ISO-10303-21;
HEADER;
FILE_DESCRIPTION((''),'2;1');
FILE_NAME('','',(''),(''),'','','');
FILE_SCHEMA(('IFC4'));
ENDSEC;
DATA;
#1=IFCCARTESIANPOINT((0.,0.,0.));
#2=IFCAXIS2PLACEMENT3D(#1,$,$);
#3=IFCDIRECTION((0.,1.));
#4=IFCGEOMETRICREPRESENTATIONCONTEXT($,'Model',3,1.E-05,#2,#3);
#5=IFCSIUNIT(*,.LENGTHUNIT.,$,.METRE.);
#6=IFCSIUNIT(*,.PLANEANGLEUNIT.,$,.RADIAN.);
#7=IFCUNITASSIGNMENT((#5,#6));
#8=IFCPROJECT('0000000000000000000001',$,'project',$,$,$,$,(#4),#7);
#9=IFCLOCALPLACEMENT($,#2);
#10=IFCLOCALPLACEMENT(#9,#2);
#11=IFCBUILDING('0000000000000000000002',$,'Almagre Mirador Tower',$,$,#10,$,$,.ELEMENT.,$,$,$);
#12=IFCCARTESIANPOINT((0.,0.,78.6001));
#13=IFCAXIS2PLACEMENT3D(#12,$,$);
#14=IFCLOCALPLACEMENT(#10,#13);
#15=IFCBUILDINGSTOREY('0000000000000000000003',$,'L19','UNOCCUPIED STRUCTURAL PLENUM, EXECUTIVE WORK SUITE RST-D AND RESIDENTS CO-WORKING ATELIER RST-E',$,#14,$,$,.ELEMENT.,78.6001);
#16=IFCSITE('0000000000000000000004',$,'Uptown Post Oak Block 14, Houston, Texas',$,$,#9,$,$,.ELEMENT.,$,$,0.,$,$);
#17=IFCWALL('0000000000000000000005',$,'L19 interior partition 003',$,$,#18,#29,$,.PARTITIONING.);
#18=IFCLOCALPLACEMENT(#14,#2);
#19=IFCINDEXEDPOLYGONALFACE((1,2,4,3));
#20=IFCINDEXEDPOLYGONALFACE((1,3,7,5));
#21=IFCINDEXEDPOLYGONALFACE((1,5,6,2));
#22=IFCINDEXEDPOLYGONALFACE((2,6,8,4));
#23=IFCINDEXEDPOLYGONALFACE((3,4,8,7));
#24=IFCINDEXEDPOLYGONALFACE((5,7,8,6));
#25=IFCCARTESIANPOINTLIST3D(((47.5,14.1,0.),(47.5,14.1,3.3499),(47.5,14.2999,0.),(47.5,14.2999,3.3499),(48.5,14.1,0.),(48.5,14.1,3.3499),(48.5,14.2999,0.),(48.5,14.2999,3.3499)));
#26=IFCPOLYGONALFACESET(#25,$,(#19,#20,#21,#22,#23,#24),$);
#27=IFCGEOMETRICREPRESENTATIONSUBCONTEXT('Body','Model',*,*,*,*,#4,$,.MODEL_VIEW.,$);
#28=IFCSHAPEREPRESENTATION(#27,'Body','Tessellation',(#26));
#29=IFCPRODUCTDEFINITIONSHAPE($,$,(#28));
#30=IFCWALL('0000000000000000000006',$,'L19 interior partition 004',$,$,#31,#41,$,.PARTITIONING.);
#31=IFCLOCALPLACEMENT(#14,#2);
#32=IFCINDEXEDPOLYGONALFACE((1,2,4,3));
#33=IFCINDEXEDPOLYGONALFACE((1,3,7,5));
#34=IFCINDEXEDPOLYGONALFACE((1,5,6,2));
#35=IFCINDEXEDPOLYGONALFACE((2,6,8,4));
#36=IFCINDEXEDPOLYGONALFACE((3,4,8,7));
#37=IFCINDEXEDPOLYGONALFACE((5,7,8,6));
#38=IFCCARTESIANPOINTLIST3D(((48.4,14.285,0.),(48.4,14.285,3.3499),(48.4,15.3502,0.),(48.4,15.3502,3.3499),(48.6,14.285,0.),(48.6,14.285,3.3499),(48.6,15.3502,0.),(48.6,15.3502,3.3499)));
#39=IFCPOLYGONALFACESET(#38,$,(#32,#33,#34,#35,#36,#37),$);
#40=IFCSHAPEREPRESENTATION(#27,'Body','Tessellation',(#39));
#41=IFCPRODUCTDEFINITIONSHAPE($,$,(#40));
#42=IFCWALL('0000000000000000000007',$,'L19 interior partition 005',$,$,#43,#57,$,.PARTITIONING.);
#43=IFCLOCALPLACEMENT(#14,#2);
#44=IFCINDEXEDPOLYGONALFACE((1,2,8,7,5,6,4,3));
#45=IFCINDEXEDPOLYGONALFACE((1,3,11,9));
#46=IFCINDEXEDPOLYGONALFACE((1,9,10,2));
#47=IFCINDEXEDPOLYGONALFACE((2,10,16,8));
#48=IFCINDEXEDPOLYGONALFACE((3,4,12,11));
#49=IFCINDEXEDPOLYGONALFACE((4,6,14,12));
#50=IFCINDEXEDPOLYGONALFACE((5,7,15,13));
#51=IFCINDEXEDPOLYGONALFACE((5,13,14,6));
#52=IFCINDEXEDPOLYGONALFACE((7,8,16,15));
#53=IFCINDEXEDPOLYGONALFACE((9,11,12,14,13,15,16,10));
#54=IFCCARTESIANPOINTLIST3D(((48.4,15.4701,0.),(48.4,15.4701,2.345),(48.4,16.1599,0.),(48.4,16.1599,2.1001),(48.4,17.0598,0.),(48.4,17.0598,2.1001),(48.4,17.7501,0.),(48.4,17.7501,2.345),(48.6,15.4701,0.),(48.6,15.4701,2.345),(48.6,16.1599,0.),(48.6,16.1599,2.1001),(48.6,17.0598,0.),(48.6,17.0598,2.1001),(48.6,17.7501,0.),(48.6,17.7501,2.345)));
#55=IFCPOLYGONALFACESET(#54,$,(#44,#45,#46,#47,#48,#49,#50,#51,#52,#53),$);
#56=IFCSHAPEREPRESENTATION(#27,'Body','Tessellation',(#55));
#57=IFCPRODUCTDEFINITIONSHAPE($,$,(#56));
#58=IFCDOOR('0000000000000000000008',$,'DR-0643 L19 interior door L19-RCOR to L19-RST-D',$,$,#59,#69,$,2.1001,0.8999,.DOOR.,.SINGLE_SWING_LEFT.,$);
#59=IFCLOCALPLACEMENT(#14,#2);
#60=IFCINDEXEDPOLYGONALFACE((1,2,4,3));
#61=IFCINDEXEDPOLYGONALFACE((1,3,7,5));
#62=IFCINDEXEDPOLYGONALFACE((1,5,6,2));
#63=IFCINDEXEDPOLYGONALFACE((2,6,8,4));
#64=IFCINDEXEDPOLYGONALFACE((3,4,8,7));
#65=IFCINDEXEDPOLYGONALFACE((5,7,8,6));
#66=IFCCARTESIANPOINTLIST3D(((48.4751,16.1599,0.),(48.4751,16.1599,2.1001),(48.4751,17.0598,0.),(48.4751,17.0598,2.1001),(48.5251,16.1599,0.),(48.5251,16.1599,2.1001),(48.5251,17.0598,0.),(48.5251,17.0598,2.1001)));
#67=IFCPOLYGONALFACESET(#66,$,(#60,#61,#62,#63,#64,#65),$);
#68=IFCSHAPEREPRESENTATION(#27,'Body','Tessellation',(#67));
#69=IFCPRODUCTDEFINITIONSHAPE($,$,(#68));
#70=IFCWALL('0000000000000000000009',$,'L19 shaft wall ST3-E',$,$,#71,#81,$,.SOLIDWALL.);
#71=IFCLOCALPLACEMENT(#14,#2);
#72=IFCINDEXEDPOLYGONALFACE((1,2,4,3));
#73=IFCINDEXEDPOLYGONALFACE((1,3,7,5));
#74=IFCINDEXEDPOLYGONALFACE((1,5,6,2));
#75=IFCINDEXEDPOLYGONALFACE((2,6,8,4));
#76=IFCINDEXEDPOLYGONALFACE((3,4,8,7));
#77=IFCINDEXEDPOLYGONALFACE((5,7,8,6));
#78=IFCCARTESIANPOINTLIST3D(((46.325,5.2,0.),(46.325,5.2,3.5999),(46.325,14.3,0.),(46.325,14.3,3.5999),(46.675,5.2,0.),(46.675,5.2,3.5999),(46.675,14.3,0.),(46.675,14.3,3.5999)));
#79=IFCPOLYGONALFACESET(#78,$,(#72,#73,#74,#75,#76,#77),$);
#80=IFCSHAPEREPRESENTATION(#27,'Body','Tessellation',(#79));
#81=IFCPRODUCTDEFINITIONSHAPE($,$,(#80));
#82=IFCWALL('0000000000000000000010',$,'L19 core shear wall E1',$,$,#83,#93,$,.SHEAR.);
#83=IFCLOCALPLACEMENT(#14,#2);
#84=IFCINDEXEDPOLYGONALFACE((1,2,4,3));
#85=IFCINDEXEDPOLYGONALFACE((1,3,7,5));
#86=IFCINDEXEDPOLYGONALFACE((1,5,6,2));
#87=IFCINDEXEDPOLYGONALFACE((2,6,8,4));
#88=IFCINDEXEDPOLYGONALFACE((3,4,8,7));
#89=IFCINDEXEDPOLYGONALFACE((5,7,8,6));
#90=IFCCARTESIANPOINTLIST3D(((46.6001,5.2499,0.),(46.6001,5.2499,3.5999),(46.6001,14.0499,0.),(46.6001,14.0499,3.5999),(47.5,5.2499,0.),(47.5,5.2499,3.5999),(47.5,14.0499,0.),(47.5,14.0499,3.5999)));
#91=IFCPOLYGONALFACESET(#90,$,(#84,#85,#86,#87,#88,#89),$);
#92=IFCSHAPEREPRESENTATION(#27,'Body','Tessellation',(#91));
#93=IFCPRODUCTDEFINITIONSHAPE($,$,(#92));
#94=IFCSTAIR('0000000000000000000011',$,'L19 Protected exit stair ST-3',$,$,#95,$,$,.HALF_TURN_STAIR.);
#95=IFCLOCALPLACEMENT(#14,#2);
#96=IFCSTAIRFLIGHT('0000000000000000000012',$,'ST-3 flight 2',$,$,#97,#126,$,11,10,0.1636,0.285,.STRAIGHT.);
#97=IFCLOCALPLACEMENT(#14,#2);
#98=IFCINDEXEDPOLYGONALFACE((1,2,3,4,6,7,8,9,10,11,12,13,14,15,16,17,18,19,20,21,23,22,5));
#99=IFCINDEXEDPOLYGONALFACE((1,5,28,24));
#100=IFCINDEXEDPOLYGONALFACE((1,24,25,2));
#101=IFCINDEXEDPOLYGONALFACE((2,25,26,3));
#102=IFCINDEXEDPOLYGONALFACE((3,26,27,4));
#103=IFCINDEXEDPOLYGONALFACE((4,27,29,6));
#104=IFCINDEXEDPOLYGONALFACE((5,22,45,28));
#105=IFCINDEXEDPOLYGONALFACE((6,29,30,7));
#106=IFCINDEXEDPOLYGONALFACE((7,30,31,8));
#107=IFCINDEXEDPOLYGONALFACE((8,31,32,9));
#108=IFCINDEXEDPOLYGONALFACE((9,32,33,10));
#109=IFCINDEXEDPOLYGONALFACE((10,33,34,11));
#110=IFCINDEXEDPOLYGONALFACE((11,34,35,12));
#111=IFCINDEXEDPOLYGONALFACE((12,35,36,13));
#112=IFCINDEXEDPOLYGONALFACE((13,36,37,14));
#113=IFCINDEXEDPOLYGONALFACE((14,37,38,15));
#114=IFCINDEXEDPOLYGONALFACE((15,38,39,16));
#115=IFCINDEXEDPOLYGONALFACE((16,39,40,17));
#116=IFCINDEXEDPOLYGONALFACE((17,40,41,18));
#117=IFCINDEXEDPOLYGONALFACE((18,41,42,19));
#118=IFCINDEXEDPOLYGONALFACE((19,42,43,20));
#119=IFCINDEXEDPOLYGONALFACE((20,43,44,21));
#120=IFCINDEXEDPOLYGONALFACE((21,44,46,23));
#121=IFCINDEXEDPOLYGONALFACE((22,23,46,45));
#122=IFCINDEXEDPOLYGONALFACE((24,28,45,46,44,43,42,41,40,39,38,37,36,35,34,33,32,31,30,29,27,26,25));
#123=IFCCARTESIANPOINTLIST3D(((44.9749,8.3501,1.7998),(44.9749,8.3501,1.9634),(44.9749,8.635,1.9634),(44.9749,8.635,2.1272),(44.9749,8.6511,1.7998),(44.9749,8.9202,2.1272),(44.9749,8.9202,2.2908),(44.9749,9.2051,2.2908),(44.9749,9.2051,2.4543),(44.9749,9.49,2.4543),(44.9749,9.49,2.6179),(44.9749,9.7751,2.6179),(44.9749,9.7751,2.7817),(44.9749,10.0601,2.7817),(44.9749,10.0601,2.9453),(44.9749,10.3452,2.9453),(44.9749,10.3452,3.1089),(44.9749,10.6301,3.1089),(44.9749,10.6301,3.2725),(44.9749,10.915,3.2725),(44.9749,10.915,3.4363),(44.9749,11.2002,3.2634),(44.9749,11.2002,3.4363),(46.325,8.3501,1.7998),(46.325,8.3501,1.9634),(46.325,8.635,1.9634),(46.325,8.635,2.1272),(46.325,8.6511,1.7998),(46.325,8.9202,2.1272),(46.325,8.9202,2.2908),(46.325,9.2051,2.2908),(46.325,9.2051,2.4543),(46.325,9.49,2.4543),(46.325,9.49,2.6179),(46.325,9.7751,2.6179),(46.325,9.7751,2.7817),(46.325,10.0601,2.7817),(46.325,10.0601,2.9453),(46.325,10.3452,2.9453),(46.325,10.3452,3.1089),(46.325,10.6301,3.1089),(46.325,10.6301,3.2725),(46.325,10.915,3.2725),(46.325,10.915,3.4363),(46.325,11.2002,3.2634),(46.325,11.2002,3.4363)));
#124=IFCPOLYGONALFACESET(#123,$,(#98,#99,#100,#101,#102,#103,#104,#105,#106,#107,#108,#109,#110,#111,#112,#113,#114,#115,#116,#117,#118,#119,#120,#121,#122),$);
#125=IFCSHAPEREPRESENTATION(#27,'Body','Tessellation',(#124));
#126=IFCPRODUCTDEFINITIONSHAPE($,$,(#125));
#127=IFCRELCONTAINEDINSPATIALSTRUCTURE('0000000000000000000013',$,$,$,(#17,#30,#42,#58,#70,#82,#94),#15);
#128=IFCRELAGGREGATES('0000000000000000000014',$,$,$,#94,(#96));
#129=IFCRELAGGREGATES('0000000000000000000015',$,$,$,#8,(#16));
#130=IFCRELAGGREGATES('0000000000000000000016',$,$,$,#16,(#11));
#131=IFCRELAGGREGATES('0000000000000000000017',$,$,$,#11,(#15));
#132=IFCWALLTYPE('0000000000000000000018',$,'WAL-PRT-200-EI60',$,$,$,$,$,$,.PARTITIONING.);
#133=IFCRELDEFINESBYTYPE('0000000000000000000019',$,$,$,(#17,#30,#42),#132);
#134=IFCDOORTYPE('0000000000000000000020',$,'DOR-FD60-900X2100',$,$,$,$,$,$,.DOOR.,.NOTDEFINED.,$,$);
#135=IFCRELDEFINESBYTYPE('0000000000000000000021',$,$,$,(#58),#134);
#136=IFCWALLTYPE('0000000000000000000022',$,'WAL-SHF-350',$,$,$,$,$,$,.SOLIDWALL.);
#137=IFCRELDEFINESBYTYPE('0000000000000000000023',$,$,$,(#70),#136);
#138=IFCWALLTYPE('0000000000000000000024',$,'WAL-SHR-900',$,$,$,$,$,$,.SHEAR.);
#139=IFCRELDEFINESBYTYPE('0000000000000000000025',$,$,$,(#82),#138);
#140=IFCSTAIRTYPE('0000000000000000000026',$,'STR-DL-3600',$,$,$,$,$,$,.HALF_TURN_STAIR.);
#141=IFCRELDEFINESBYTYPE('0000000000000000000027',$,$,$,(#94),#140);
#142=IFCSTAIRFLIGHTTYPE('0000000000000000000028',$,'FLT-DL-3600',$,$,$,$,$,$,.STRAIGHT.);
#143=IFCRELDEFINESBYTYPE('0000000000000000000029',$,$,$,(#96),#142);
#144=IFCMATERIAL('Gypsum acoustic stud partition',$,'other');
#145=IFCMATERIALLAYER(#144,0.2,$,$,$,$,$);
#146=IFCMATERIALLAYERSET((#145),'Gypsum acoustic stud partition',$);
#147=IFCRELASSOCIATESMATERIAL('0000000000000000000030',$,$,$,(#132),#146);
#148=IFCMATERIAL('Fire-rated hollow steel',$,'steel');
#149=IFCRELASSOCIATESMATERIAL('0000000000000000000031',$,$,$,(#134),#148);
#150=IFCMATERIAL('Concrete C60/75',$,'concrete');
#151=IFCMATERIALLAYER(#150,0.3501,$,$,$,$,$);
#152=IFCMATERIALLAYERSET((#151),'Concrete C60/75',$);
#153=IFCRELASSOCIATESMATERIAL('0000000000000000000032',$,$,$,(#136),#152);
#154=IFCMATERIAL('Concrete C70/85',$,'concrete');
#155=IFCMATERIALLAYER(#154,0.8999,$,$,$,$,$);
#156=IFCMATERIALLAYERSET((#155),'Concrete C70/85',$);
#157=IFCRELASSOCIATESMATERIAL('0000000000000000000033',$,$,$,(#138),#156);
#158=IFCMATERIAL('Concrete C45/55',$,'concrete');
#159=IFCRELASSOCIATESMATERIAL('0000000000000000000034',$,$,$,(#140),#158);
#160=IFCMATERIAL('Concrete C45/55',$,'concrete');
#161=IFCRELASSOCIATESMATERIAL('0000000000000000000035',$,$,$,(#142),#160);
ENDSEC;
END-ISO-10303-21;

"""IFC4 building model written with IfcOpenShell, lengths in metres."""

from ifc_helpers import new_model, si_unit, direction, frame, frame_2d, origin, place, context, subcontext, project, spatial, polyline, rectangle, outline, extrude, material, layer, layer_set, type_object, element, fill, aggregate, save


model = new_model("IFC4")

# Units and contexts
model_context = context("Model", 3, precision=1e-05, world=origin(), true_north=direction((0.0, 1.0)))
body_context = subcontext(model_context, "Body", "Model", "MODEL_VIEW")
ifc_project = project(units=[si_unit("LENGTHUNIT", "METRE"), si_unit("PLANEANGLEUNIT", "RADIAN")], contexts=[model_context])

# Site, building, storey
site_placement = place(None, origin())
site = spatial("IfcSite", under=ifc_project, at=site_placement, Name="Uptown Post Oak Block 14, Houston, Texas", CompositionType="ELEMENT", RefElevation=0.0)
building_placement = place(site_placement, origin())
building = spatial("IfcBuilding", under=site, at=building_placement, Name="Almagre Mirador Tower", CompositionType="ELEMENT")
storey_placement = place(building_placement, frame((0.0, 0.0, 78.6001)))
storey = spatial("IfcBuildingStorey", under=building, at=storey_placement, Name="L19", Description="UNOCCUPIED STRUCTURAL PLENUM, EXECUTIVE WORK SUITE RST-D AND RESIDENTS CO-WORKING ATELIER RST-E", CompositionType="ELEMENT", Elevation=78.6001)

# Walls
ifc_material_1 = material(Name="Gypsum acoustic stud partition", Category="other")
ifc_layer_1 = layer(ifc_material_1, 0.2)
ifc_layer_set_1 = layer_set([ifc_layer_1], Name="Gypsum acoustic stud partition")
wall_type_1 = type_object("IfcWallType", Name="WAL-PRT-200-EI60", PredefinedType="PARTITIONING", material=ifc_layer_set_1)
wall_1_placement = place(storey_placement, frame((47.5, 14.2, 0.0), z_axis=(0.0, 0.0, 1.0), x_axis=(1.0, 0.0, 0.0)))
element("IfcWall", 1, at=wall_1_placement, inside=storey, type_object=wall_type_1, Name="L19 interior partition 003", PredefinedType="PARTITIONING", context=body_context, shape_type="SweptSolid", body=[
    extrude(rectangle(XDim=1.0, YDim=0.2, at=frame_2d((0.5, 0.0))), origin(), (0.0, 0.0, 1.0), 3.3499),
])
wall_2_placement = place(storey_placement, frame((48.5, 14.2849, 0.0), z_axis=(0.0, 0.0, 1.0), x_axis=(0.0, 1.0, 0.0)))
element("IfcWall", 2, at=wall_2_placement, inside=storey, type_object=wall_type_1, Name="L19 interior partition 004", PredefinedType="PARTITIONING", context=body_context, shape_type="SweptSolid", body=[
    extrude(rectangle(XDim=1.0652, YDim=0.2, at=frame_2d((0.5327, 0.0))), origin(), (0.0, 0.0, 1.0), 3.3499),
])

# Wall, opening, door
wall_3_placement = place(storey_placement, frame((48.5, 15.47, 0.0), z_axis=(0.0, 0.0, 1.0), x_axis=(0.0, 1.0, 0.0)))
wall_3 = element("IfcWall", 3, at=wall_3_placement, inside=storey, type_object=wall_type_1, Name="L19 interior partition 005", PredefinedType="PARTITIONING", context=body_context, shape_type="SweptSolid", body=[
    extrude(rectangle(XDim=2.28, YDim=0.2, at=frame_2d((1.1401, 0.0))), origin(), (0.0, 0.0, 1.0), 2.345),
])
opening_1_placement = place(wall_3_placement, frame((0.6899, 0.0, 0.0)))
opening_1 = element("IfcOpeningElement", 4, at=opening_1_placement, cuts=wall_3, PredefinedType="OPENING", context=body_context, shape_type="SweptSolid", body=[
    extrude(rectangle(XDim=0.8999, YDim=2.1001, at=frame_2d((0.45, 1.05))), frame((0.0, 0.1101, 0.0), z_axis=(0.0, -1.0, 0.0), x_axis=(1.0, 0.0, 0.0)), (0.0, 0.0, 1.0), 0.22),
])
ifc_material_2 = material(Name="Fire-rated hollow steel", Category="steel")
door_type = type_object("IfcDoorType", Name="DOR-FD60-900X2100", OperationType="NOTDEFINED", PredefinedType="DOOR", material=ifc_material_2)
door_placement = place(opening_1_placement, origin())
door = element("IfcDoor", 5, at=door_placement, inside=storey, type_object=door_type, Name="DR-0643 L19 interior door L19-RCOR to L19-RST-D", OperationType="SINGLE_SWING_LEFT", OverallHeight=2.1001, OverallWidth=0.8999, PredefinedType="DOOR", context=body_context, shape_type="SweptSolid", body=[
    extrude(rectangle(XDim=0.8999, YDim=2.1001, at=frame_2d((0.45, 1.05))), frame((0.0, 0.0249, 0.0), z_axis=(0.0, -1.0, 0.0), x_axis=(1.0, 0.0, 0.0)), (0.0, 0.0, 1.0), 0.05),
])
fill(opening_1, door)

# Walls
ifc_material_3 = material(Name="Concrete C60/75", Category="concrete")
ifc_layer_2 = layer(ifc_material_3, 0.3501)
ifc_layer_set_2 = layer_set([ifc_layer_2], Name="Concrete C60/75")
wall_type_2 = type_object("IfcWallType", Name="WAL-SHF-350", PredefinedType="SOLIDWALL", material=ifc_layer_set_2)
wall_4_placement = place(storey_placement, frame((46.5, 5.2, 0.0), z_axis=(0.0, 0.0, 1.0), x_axis=(0.0, 1.0, 0.0)))
element("IfcWall", 6, at=wall_4_placement, inside=storey, type_object=wall_type_2, Name="L19 shaft wall ST3-E", PredefinedType="SOLIDWALL", context=body_context, shape_type="SweptSolid", body=[
    extrude(rectangle(XDim=9.1001, YDim=0.3501, at=frame_2d((4.55, 0.0))), origin(), (0.0, 0.0, 1.0), 3.5999),
])
ifc_material_4 = material(Name="Concrete C70/85", Category="concrete")
ifc_layer_3 = layer(ifc_material_4, 0.8999)
ifc_layer_set_3 = layer_set([ifc_layer_3], Name="Concrete C70/85")
wall_type_3 = type_object("IfcWallType", Name="WAL-SHR-900", PredefinedType="SHEAR", material=ifc_layer_set_3)
wall_5_placement = place(storey_placement, frame((47.05, 5.25, 0.0), z_axis=(0.0, 0.0, 1.0), x_axis=(0.0, 1.0, 0.0)))
element("IfcWall", 7, at=wall_5_placement, inside=storey, type_object=wall_type_3, Name="L19 core shear wall E1", PredefinedType="SHEAR", context=body_context, shape_type="SweptSolid", body=[
    extrude(rectangle(XDim=8.8, YDim=0.8999, at=frame_2d((4.3999, 0.0))), origin(), (0.0, 0.0, 1.0), 3.5999),
])

# Stair, stair flight
ifc_material_5 = material(Name="Concrete C45/55", Category="concrete")
stair_type = type_object("IfcStairType", Name="STR-DL-3600", PredefinedType="HALF_TURN_STAIR", material=ifc_material_5)
stair_placement = place(storey_placement, origin())
stair = element("IfcStair", 8, at=stair_placement, inside=storey, type_object=stair_type, Name="L19 Protected exit stair ST-3", PredefinedType="HALF_TURN_STAIR")
ifc_material_6 = material(Name="Concrete C45/55", Category="concrete")
stair_flight_type = type_object("IfcStairFlightType", Name="FLT-DL-3600", PredefinedType="STRAIGHT", material=ifc_material_6)
stair_flight_placement = place(storey_placement, frame((45.6499, 8.3501, 1.7998), z_axis=(0.0, 0.0, 1.0), x_axis=(0.0, 1.0, 0.0)))
stair_flight = element("IfcStairFlight", 9, at=stair_flight_placement, type_object=stair_flight_type, Name="ST-3 flight 2", NumberOfRisers=11, NumberOfTreads=10, PredefinedType="STRAIGHT", RiserHeight=0.1636, TreadLength=0.285, context=body_context, shape_type="SweptSolid", body=[
    extrude(outline(polyline([(0.0, 0.0), (0.0, 0.1636), (0.2849, 0.1636), (0.2849, 0.3274), (0.5701, 0.3274), (0.5701, 0.491), (0.855, 0.491), (0.855, 0.6545), (1.1399, 0.6545), (1.1399, 0.8181), (1.425, 0.8181), (1.425, 0.9819), (1.71, 0.9819), (1.71, 1.1455), (1.9951, 1.1455), (1.9951, 1.3091), (2.28, 1.3091), (2.28, 1.4727), (2.5649, 1.4727), (2.5649, 1.6365), (2.8501, 1.6365), (2.8501, 1.8), (2.8501, 1.4636), (0.301, 0.0), (0.0, 0.0)])), frame((0.0, 0.675, 0.0), z_axis=(0.0, -1.0, 0.0), x_axis=(1.0, 0.0, 0.0)), (0.0, 0.0, 1.0), 1.3501),
])
aggregate(stair, [stair_flight])

save(model, "model.ifc")
